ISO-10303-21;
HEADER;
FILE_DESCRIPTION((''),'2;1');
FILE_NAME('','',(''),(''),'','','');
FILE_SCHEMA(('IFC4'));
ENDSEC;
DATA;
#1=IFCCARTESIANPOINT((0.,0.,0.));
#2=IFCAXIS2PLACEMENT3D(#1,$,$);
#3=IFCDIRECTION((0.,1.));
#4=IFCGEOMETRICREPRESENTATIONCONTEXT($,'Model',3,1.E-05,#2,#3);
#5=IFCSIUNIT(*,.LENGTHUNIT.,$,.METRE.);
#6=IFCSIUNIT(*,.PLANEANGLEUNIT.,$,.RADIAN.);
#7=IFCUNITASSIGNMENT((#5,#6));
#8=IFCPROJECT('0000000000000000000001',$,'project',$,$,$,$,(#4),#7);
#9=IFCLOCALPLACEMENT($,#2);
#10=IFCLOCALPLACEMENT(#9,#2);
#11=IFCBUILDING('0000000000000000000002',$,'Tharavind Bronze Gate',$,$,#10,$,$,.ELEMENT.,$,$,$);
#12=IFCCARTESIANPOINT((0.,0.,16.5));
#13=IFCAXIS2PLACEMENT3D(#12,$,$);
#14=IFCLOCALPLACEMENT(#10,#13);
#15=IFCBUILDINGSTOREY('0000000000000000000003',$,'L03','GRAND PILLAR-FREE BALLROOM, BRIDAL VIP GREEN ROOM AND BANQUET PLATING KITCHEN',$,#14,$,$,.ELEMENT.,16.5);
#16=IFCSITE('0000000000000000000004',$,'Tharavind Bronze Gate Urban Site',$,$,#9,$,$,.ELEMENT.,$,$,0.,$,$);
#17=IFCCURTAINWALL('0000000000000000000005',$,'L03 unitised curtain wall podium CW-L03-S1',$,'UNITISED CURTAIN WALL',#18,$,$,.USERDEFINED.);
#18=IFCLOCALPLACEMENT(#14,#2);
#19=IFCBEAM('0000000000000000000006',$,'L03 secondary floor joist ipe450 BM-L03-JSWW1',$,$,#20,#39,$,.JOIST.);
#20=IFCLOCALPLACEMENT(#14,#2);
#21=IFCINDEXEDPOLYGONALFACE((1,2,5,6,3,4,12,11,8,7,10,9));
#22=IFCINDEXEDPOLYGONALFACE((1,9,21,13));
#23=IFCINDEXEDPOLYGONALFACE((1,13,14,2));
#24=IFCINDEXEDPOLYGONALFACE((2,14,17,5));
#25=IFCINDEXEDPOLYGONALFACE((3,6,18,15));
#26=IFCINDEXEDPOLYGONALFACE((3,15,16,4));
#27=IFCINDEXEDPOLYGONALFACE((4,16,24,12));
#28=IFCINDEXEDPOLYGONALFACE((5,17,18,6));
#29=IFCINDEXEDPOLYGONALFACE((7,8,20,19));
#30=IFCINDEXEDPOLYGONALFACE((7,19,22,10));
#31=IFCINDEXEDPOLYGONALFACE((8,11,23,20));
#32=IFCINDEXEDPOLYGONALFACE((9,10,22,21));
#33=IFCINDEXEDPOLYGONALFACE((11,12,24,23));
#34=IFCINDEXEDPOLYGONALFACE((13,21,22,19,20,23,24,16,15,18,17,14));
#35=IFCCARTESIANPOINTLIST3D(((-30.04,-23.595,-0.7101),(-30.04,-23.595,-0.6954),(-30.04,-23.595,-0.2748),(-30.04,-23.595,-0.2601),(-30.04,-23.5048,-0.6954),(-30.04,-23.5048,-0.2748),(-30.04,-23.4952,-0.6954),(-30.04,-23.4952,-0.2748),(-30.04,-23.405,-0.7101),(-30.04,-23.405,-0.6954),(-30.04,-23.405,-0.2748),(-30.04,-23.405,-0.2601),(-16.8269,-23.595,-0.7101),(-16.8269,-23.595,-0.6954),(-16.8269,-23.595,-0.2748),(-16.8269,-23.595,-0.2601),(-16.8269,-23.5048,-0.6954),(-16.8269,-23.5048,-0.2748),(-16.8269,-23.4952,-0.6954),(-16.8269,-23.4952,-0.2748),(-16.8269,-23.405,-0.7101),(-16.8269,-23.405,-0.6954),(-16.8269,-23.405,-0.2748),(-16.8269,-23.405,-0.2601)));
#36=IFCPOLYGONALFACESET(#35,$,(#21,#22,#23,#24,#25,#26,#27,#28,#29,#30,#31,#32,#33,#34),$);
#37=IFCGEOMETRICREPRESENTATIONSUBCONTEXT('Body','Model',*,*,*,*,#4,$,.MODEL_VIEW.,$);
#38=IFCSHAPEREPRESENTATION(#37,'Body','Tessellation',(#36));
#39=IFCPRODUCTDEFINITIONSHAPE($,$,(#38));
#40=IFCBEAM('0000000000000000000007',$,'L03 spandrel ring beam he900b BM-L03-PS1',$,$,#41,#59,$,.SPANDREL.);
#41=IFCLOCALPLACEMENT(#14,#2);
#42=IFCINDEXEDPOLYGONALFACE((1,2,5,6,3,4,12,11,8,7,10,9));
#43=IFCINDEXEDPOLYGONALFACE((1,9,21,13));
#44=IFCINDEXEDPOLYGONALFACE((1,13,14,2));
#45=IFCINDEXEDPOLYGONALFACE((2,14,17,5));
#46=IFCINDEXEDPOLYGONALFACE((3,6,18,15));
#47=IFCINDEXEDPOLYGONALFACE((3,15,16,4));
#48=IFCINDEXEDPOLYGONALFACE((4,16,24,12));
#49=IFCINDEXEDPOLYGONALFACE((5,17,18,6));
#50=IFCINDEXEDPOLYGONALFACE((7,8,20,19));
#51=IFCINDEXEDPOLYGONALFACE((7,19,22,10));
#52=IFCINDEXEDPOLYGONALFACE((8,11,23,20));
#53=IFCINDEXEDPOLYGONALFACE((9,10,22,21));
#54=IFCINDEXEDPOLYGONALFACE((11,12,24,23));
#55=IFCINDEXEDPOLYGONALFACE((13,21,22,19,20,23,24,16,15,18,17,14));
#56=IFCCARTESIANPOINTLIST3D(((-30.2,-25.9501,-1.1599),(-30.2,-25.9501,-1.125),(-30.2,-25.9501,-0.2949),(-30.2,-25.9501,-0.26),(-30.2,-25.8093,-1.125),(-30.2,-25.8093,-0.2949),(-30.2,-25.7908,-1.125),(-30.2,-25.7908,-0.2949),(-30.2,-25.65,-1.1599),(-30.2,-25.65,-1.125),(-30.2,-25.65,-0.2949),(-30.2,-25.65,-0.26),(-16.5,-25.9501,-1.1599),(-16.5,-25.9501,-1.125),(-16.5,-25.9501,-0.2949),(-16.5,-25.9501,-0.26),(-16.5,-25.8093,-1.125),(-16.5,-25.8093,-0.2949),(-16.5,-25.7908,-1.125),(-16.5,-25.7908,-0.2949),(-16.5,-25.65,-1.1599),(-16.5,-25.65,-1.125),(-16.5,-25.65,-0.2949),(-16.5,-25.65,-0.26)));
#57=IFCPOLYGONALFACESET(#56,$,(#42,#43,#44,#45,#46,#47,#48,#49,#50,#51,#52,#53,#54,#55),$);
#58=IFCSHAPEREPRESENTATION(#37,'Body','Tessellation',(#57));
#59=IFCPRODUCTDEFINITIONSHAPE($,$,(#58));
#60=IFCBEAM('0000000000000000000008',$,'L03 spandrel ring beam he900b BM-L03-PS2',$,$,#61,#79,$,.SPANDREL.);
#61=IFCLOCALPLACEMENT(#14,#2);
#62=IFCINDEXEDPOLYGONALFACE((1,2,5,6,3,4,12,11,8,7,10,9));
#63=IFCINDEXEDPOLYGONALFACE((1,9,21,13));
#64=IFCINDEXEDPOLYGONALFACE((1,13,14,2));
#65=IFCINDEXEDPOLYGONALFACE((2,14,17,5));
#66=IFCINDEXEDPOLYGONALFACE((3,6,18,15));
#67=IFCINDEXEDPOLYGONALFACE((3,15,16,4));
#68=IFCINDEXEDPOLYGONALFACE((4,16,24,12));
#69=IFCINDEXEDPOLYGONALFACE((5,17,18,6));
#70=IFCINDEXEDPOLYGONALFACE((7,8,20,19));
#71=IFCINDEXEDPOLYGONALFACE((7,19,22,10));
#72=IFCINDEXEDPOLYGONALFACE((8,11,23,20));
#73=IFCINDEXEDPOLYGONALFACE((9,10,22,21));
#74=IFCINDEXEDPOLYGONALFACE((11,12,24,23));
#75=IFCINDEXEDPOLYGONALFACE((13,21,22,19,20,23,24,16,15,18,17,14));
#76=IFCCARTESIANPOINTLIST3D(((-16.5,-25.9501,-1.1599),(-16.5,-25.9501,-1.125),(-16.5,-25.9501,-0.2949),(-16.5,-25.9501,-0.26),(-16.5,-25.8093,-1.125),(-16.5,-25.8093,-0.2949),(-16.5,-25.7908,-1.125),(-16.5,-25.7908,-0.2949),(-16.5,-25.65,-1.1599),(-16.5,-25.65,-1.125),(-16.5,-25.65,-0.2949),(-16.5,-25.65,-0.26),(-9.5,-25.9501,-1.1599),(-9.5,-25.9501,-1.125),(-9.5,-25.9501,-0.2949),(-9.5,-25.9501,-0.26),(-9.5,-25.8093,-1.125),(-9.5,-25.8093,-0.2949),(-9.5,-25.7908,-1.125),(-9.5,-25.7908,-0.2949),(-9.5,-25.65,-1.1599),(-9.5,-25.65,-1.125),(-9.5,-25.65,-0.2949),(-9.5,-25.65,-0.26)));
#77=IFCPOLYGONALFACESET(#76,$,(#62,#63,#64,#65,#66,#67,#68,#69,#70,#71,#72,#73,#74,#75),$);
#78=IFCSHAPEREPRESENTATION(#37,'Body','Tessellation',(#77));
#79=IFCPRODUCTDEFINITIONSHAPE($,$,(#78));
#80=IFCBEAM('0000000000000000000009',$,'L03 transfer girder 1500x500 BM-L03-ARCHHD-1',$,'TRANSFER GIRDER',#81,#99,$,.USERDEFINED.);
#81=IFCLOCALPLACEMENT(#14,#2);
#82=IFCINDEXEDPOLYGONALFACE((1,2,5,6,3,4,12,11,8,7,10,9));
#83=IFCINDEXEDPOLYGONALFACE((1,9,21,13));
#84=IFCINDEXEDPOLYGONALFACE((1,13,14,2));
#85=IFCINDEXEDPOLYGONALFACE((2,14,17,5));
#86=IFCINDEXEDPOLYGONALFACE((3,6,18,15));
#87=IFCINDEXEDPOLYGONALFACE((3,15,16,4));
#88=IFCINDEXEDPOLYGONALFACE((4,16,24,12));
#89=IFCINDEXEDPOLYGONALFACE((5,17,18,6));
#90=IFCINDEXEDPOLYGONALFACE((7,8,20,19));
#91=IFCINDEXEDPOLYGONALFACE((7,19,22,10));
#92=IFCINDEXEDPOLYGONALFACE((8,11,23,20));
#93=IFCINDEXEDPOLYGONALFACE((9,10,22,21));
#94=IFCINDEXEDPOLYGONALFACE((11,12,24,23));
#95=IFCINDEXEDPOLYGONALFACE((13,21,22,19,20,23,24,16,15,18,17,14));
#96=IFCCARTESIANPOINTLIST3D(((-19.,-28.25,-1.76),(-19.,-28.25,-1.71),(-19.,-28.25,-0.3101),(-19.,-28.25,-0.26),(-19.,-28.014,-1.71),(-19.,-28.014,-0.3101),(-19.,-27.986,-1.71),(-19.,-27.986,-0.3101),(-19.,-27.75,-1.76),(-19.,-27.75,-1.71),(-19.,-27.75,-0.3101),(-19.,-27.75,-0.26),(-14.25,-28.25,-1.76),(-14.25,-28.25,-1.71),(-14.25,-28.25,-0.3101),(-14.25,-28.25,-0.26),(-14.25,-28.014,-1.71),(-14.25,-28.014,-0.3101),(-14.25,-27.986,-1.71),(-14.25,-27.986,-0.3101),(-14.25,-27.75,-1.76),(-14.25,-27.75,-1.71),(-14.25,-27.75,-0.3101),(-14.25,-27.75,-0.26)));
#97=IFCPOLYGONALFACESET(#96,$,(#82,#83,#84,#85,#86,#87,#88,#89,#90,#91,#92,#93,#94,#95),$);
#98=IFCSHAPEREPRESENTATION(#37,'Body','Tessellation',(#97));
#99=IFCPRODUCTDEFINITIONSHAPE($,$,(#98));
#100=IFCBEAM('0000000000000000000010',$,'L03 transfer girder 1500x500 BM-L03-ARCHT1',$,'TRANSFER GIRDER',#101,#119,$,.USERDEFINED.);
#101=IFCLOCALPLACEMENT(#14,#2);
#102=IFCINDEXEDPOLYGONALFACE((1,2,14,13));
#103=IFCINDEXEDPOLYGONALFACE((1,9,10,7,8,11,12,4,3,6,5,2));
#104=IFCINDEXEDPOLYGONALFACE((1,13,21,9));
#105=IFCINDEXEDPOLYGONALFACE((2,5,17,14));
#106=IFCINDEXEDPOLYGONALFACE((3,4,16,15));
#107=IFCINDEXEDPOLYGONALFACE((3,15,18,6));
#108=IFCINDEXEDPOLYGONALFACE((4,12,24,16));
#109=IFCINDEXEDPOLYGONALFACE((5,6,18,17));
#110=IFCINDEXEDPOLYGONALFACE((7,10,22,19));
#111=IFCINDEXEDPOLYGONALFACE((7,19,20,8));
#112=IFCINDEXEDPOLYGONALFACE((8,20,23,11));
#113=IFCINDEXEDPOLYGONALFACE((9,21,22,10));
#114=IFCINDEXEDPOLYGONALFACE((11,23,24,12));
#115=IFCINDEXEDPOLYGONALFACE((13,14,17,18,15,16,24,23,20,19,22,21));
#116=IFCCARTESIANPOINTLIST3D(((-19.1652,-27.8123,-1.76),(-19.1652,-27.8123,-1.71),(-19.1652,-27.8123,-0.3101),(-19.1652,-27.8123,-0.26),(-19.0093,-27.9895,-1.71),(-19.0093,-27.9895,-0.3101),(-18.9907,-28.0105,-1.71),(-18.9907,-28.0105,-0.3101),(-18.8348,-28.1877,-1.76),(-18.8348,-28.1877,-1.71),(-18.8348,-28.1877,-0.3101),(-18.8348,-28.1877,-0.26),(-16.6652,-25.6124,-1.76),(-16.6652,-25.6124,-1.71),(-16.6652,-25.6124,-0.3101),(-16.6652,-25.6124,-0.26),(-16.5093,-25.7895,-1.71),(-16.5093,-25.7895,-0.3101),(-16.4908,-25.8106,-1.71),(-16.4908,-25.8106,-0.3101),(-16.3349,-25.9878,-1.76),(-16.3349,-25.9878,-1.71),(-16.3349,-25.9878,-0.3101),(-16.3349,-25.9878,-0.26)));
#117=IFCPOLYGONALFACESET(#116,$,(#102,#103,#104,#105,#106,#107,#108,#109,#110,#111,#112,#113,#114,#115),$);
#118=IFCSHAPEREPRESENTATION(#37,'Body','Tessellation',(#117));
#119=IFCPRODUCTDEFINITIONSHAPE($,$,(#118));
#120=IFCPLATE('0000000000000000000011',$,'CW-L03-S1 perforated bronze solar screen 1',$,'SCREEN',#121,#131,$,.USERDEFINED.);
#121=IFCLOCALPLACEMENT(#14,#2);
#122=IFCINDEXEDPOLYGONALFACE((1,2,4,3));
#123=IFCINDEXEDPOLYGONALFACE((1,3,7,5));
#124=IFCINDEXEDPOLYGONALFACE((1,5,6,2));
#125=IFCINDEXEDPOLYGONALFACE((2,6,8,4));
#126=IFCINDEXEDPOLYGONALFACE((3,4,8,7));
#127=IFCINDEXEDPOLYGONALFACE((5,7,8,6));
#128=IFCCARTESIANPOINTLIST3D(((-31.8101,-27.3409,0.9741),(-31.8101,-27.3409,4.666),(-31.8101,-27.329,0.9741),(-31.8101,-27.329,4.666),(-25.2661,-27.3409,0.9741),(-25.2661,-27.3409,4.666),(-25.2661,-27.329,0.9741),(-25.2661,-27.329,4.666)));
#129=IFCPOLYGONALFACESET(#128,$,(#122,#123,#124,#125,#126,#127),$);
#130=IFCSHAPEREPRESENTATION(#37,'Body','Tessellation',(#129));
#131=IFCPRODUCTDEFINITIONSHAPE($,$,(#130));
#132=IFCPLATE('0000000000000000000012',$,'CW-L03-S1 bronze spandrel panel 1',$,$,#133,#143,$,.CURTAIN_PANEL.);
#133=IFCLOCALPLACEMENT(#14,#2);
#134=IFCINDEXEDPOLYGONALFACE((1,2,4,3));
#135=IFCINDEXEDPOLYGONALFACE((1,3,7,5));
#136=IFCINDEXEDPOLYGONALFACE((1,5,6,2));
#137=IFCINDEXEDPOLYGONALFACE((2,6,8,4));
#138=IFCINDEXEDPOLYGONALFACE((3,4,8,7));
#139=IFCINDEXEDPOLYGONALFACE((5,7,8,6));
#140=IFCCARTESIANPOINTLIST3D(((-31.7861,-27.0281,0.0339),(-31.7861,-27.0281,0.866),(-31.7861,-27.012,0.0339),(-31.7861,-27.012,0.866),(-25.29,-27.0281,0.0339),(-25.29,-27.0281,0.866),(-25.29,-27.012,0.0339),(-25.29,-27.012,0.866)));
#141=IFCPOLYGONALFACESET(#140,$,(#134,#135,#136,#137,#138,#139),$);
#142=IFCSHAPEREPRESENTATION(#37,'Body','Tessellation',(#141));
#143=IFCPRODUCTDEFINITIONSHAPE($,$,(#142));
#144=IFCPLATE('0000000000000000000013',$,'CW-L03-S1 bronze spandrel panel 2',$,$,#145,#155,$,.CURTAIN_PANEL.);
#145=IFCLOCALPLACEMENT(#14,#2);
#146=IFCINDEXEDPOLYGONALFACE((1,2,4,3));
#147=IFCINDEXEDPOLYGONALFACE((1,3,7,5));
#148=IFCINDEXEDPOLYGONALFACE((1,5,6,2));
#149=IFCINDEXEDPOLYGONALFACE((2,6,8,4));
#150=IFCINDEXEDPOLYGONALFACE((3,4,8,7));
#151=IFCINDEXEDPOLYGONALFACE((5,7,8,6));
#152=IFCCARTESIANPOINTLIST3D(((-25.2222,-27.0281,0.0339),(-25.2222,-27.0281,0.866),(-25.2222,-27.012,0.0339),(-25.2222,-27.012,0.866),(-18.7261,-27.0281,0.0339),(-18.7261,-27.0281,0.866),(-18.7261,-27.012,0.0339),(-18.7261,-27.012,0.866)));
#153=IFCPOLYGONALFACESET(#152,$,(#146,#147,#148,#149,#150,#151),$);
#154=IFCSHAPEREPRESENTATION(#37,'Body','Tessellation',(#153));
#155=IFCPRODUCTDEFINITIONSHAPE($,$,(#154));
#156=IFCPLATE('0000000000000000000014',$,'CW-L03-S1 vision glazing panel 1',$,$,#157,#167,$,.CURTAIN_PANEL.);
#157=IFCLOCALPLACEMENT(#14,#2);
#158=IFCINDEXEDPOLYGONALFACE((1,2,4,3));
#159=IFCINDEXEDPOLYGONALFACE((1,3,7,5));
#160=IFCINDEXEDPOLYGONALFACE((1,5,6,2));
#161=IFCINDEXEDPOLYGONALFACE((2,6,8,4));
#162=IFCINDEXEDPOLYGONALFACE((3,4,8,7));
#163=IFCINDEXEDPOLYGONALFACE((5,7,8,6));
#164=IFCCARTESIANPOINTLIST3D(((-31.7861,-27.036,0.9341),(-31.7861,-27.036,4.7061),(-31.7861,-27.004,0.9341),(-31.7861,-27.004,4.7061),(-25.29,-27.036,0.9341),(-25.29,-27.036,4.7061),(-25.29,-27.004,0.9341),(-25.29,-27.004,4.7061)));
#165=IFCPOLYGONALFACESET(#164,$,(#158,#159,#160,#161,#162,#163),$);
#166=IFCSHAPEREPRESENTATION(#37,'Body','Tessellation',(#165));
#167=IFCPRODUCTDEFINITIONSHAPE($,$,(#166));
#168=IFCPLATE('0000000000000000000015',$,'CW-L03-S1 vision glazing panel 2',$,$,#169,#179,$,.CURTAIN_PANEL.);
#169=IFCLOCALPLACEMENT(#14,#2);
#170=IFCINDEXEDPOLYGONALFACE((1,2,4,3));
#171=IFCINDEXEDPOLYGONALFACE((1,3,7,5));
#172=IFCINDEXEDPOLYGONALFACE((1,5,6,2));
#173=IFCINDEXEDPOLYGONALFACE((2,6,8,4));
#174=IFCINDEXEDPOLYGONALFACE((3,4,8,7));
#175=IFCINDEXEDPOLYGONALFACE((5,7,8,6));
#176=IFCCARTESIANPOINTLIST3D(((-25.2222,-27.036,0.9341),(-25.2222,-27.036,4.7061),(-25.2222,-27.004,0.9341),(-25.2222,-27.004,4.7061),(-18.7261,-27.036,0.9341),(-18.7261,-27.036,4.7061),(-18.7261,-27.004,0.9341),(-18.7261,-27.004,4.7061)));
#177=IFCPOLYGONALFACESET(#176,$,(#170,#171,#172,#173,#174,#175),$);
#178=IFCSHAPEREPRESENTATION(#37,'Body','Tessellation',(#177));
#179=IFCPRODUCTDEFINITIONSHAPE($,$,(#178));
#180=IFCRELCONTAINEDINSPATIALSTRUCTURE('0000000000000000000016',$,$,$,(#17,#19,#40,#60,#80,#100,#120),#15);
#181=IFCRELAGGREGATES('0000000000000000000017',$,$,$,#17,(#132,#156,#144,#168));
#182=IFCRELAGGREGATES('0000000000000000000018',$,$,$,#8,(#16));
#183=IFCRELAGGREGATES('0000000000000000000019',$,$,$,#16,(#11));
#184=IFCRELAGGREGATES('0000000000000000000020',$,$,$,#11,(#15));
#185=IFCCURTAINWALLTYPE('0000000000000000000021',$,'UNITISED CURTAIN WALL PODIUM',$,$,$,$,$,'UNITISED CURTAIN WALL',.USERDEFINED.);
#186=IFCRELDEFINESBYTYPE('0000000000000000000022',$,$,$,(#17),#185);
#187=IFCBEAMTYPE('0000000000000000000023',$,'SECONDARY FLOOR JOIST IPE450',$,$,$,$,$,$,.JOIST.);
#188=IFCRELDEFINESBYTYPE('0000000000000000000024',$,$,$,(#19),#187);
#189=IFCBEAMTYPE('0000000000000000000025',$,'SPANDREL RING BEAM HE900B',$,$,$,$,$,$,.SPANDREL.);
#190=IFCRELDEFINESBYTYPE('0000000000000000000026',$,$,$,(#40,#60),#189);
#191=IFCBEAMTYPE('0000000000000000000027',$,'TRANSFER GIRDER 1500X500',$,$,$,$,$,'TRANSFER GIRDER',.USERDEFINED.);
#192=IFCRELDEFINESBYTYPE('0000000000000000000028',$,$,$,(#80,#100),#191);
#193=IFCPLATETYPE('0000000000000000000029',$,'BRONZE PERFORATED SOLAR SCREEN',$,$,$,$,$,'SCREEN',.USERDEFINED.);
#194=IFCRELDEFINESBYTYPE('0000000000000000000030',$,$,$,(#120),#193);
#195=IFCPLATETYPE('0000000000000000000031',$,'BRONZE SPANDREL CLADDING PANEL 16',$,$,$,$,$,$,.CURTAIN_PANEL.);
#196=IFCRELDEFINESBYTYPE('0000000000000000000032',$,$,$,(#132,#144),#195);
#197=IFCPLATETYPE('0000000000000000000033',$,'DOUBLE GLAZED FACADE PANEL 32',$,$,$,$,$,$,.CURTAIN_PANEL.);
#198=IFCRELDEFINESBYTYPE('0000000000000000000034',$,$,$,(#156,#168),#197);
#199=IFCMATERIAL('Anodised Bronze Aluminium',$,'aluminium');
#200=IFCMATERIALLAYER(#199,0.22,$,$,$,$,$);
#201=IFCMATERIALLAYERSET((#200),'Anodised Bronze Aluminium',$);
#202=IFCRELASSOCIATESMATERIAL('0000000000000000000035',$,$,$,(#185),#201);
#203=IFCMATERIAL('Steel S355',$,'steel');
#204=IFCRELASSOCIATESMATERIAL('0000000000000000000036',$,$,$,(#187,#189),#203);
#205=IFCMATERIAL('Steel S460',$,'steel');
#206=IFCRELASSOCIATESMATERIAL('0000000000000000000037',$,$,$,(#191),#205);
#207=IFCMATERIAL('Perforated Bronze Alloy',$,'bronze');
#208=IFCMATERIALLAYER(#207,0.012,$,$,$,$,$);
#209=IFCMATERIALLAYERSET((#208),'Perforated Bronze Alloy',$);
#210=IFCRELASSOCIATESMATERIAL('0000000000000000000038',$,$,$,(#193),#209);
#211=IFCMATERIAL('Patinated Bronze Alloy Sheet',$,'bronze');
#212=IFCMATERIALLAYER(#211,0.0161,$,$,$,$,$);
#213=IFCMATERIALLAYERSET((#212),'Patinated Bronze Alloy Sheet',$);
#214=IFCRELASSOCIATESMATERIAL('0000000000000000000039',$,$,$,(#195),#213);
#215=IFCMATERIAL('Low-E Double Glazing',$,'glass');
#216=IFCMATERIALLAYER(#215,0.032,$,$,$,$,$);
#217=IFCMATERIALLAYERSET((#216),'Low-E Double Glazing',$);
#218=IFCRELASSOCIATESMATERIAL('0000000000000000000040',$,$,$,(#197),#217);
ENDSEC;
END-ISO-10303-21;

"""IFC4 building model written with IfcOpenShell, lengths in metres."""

from ifc_helpers import new_model, si_unit, direction, frame, origin, origin_2d, place, context, subcontext, project, spatial, rectangle, i_section, extrude, material, layer, layer_set, material_profile, profile_set, type_object, element, aggregate, save


model = new_model("IFC4")

# Units and contexts
model_context = context("Model", 3, precision=1e-05, world=origin(), true_north=direction((0.0, 1.0)))
body_context = subcontext(model_context, "Body", "Model", "MODEL_VIEW")
ifc_project = project(units=[si_unit("LENGTHUNIT", "METRE"), si_unit("PLANEANGLEUNIT", "RADIAN")], contexts=[model_context])

# Site, building, storey
site_placement = place(None, origin())
site = spatial("IfcSite", under=ifc_project, at=site_placement, Name="Tharavind Bronze Gate Urban Site", CompositionType="ELEMENT", RefElevation=0.0)
building_placement = place(site_placement, origin())
building = spatial("IfcBuilding", under=site, at=building_placement, Name="Tharavind Bronze Gate", CompositionType="ELEMENT")
storey_placement = place(building_placement, frame((0.0, 0.0, 16.5)))
storey = spatial("IfcBuildingStorey", under=building, at=storey_placement, Name="L03", Description="GRAND PILLAR-FREE BALLROOM, BRIDAL VIP GREEN ROOM AND BANQUET PLATING KITCHEN", CompositionType="ELEMENT", Elevation=16.5)

# Shared definitions
ifc_material_1 = material(Name="Steel S460", Category="steel")

# Curtain wall
ifc_material_2 = material(Name="Anodised Bronze Aluminium", Category="aluminium")
ifc_layer_1 = layer(ifc_material_2, 0.22)
ifc_layer_set_1 = layer_set([ifc_layer_1], Name="Anodised Bronze Aluminium")
curtain_wall_type = type_object("IfcCurtainWallType", Name="UNITISED CURTAIN WALL PODIUM", ElementType="UNITISED CURTAIN WALL", PredefinedType="USERDEFINED", material=ifc_layer_set_1)
curtain_wall_placement = place(storey_placement, origin())
curtain_wall = element("IfcCurtainWall", 1, at=curtain_wall_placement, inside=storey, type_object=curtain_wall_type, Name="L03 unitised curtain wall podium CW-L03-S1", ObjectType="UNITISED CURTAIN WALL", PredefinedType="USERDEFINED")

# Beams
ifc_material_3 = material(Name="Steel S355", Category="steel")
ifc_material_profile_1 = material_profile(ifc_material_3, i_section(OverallWidth=0.1899, OverallDepth=0.45, WebThickness=0.0095, FlangeThickness=0.0146, at=origin_2d()), Name="IPE450")
ifc_profile_set_1 = profile_set([ifc_material_profile_1], Name="Steel S355")
beam_type_1 = type_object("IfcBeamType", Name="SECONDARY FLOOR JOIST IPE450", PredefinedType="JOIST", material=ifc_profile_set_1)
beam_1_placement = place(storey_placement, frame((-30.04, -23.5, -0.4851), z_axis=(1.0, 0.0, 0.0), x_axis=(0.0, 1.0, 0.0)))
element("IfcBeam", 2, at=beam_1_placement, inside=storey, type_object=beam_type_1, Name="L03 secondary floor joist ipe450 BM-L03-JSWW1", PredefinedType="JOIST", context=body_context, shape_type="SweptSolid", body=[
    extrude(i_section(OverallWidth=0.1899, OverallDepth=0.45, WebThickness=0.0095, FlangeThickness=0.0146, at=origin_2d()), origin(), (0.0, 0.0, 1.0), 13.2131),
])
ifc_material_profile_2 = material_profile(ifc_material_3, i_section(OverallWidth=0.3, OverallDepth=0.8999, WebThickness=0.0186, FlangeThickness=0.0349, at=origin_2d()), Name="HE900B")
ifc_profile_set_2 = profile_set([ifc_material_profile_2], Name="Steel S355")
beam_type_2 = type_object("IfcBeamType", Name="SPANDREL RING BEAM HE900B", PredefinedType="SPANDREL", material=ifc_profile_set_2)
beam_2_placement = place(storey_placement, frame((-30.2, -25.8, -0.71), z_axis=(1.0, 0.0, 0.0), x_axis=(0.0, 1.0, 0.0)))
element("IfcBeam", 3, at=beam_2_placement, inside=storey, type_object=beam_type_2, Name="L03 spandrel ring beam he900b BM-L03-PS1", PredefinedType="SPANDREL", context=body_context, shape_type="SweptSolid", body=[
    extrude(i_section(OverallWidth=0.3, OverallDepth=0.8999, WebThickness=0.0186, FlangeThickness=0.0349, at=origin_2d()), origin(), (0.0, 0.0, 1.0), 13.7),
])
beam_3_placement = place(storey_placement, frame((-16.5, -25.8, -0.71), z_axis=(1.0, 0.0, 0.0), x_axis=(0.0, 1.0, 0.0)))
element("IfcBeam", 4, at=beam_3_placement, inside=storey, type_object=beam_type_2, Name="L03 spandrel ring beam he900b BM-L03-PS2", PredefinedType="SPANDREL", context=body_context, shape_type="SweptSolid", body=[
    extrude(i_section(OverallWidth=0.3, OverallDepth=0.8999, WebThickness=0.0186, FlangeThickness=0.0349, at=origin_2d()), origin(), (0.0, 0.0, 1.0), 7.0),
])
ifc_material_profile_3 = material_profile(ifc_material_1, i_section(OverallWidth=0.5, OverallDepth=1.5, WebThickness=0.0281, FlangeThickness=0.05, at=origin_2d()), Name="PG1500X500")
ifc_profile_set_3 = profile_set([ifc_material_profile_3], Name="Steel S460")
beam_type_3 = type_object("IfcBeamType", Name="TRANSFER GIRDER 1500X500", ElementType="TRANSFER GIRDER", PredefinedType="USERDEFINED", material=ifc_profile_set_3)
beam_4_placement = place(storey_placement, frame((-19.0, -28.0, -1.01), z_axis=(1.0, 0.0, 0.0), x_axis=(0.0, 1.0, 0.0)))
element("IfcBeam", 5, at=beam_4_placement, inside=storey, type_object=beam_type_3, Name="L03 transfer girder 1500x500 BM-L03-ARCHHD-1", ObjectType="TRANSFER GIRDER", PredefinedType="USERDEFINED", context=body_context, shape_type="SweptSolid", body=[
    extrude(i_section(OverallWidth=0.5, OverallDepth=1.5, WebThickness=0.0281, FlangeThickness=0.05, at=origin_2d()), origin(), (0.0, 0.0, 1.0), 4.75),
])
beam_5_placement = place(storey_placement, frame((-19.0, -28.0, -1.01), z_axis=(0.750721, 0.66062, 0.0), x_axis=(-0.66062, 0.750721, 0.0)))
element("IfcBeam", 6, at=beam_5_placement, inside=storey, type_object=beam_type_3, Name="L03 transfer girder 1500x500 BM-L03-ARCHT1", ObjectType="TRANSFER GIRDER", PredefinedType="USERDEFINED", context=body_context, shape_type="SweptSolid", body=[
    extrude(i_section(OverallWidth=0.5, OverallDepth=1.5, WebThickness=0.0281, FlangeThickness=0.05, at=origin_2d()), origin(), (0.0, 0.0, 1.0), 3.3301),
])

# Plates
ifc_material_4 = material(Name="Perforated Bronze Alloy", Category="bronze")
ifc_layer_2 = layer(ifc_material_4, 0.012)
ifc_layer_set_2 = layer_set([ifc_layer_2], Name="Perforated Bronze Alloy")
plate_type_1 = type_object("IfcPlateType", Name="BRONZE PERFORATED SOLAR SCREEN", ElementType="SCREEN", PredefinedType="USERDEFINED", material=ifc_layer_set_2)
plate_1_placement = place(storey_placement, frame((-28.5381, -27.335, 0.9741), z_axis=(0.0, 0.0, 1.0), x_axis=(1.0, 0.0, 0.0)))
element("IfcPlate", 7, at=plate_1_placement, inside=storey, type_object=plate_type_1, Name="CW-L03-S1 perforated bronze solar screen 1", ObjectType="SCREEN", PredefinedType="USERDEFINED", context=body_context, shape_type="SweptSolid", body=[
    extrude(rectangle(XDim=6.5439, YDim=0.012, at=origin_2d()), origin(), (0.0, 0.0, 1.0), 3.6919),
])
ifc_material_5 = material(Name="Patinated Bronze Alloy Sheet", Category="bronze")
ifc_layer_3 = layer(ifc_material_5, 0.0161)
ifc_layer_set_3 = layer_set([ifc_layer_3], Name="Patinated Bronze Alloy Sheet")
plate_type_2 = type_object("IfcPlateType", Name="BRONZE SPANDREL CLADDING PANEL 16", PredefinedType="CURTAIN_PANEL", material=ifc_layer_set_3)
plate_2_placement = place(storey_placement, frame((-28.5381, -27.02, 0.0339), z_axis=(0.0, 0.0, 1.0), x_axis=(1.0, 0.0, 0.0)))
plate_2 = element("IfcPlate", 8, at=plate_2_placement, type_object=plate_type_2, Name="CW-L03-S1 bronze spandrel panel 1", PredefinedType="CURTAIN_PANEL", context=body_context, shape_type="SweptSolid", body=[
    extrude(rectangle(XDim=6.4961, YDim=0.0161, at=origin_2d()), origin(), (0.0, 0.0, 1.0), 0.832),
])
plate_3_placement = place(storey_placement, frame((-21.9741, -27.02, 0.0339), z_axis=(0.0, 0.0, 1.0), x_axis=(1.0, 0.0, 0.0)))
plate_3 = element("IfcPlate", 9, at=plate_3_placement, type_object=plate_type_2, Name="CW-L03-S1 bronze spandrel panel 2", PredefinedType="CURTAIN_PANEL", context=body_context, shape_type="SweptSolid", body=[
    extrude(rectangle(XDim=6.4961, YDim=0.0161, at=origin_2d()), origin(), (0.0, 0.0, 1.0), 0.832),
])
ifc_material_6 = material(Name="Low-E Double Glazing", Category="glass")
ifc_layer_4 = layer(ifc_material_6, 0.032)
ifc_layer_set_4 = layer_set([ifc_layer_4], Name="Low-E Double Glazing")
plate_type_3 = type_object("IfcPlateType", Name="DOUBLE GLAZED FACADE PANEL 32", PredefinedType="CURTAIN_PANEL", material=ifc_layer_set_4)
plate_4_placement = place(storey_placement, frame((-28.5381, -27.02, 0.9341), z_axis=(0.0, 0.0, 1.0), x_axis=(1.0, 0.0, 0.0)))
plate_4 = element("IfcPlate", 10, at=plate_4_placement, type_object=plate_type_3, Name="CW-L03-S1 vision glazing panel 1", PredefinedType="CURTAIN_PANEL", context=body_context, shape_type="SweptSolid", body=[
    extrude(rectangle(XDim=6.4961, YDim=0.032, at=origin_2d()), origin(), (0.0, 0.0, 1.0), 3.772),
])
plate_5_placement = place(storey_placement, frame((-21.9741, -27.02, 0.9341), z_axis=(0.0, 0.0, 1.0), x_axis=(1.0, 0.0, 0.0)))
plate_5 = element("IfcPlate", 11, at=plate_5_placement, type_object=plate_type_3, Name="CW-L03-S1 vision glazing panel 2", PredefinedType="CURTAIN_PANEL", context=body_context, shape_type="SweptSolid", body=[
    extrude(rectangle(XDim=6.4961, YDim=0.032, at=origin_2d()), origin(), (0.0, 0.0, 1.0), 3.772),
])
aggregate(curtain_wall, [plate_2, plate_4, plate_3, plate_5])

save(model, "model.ifc")
